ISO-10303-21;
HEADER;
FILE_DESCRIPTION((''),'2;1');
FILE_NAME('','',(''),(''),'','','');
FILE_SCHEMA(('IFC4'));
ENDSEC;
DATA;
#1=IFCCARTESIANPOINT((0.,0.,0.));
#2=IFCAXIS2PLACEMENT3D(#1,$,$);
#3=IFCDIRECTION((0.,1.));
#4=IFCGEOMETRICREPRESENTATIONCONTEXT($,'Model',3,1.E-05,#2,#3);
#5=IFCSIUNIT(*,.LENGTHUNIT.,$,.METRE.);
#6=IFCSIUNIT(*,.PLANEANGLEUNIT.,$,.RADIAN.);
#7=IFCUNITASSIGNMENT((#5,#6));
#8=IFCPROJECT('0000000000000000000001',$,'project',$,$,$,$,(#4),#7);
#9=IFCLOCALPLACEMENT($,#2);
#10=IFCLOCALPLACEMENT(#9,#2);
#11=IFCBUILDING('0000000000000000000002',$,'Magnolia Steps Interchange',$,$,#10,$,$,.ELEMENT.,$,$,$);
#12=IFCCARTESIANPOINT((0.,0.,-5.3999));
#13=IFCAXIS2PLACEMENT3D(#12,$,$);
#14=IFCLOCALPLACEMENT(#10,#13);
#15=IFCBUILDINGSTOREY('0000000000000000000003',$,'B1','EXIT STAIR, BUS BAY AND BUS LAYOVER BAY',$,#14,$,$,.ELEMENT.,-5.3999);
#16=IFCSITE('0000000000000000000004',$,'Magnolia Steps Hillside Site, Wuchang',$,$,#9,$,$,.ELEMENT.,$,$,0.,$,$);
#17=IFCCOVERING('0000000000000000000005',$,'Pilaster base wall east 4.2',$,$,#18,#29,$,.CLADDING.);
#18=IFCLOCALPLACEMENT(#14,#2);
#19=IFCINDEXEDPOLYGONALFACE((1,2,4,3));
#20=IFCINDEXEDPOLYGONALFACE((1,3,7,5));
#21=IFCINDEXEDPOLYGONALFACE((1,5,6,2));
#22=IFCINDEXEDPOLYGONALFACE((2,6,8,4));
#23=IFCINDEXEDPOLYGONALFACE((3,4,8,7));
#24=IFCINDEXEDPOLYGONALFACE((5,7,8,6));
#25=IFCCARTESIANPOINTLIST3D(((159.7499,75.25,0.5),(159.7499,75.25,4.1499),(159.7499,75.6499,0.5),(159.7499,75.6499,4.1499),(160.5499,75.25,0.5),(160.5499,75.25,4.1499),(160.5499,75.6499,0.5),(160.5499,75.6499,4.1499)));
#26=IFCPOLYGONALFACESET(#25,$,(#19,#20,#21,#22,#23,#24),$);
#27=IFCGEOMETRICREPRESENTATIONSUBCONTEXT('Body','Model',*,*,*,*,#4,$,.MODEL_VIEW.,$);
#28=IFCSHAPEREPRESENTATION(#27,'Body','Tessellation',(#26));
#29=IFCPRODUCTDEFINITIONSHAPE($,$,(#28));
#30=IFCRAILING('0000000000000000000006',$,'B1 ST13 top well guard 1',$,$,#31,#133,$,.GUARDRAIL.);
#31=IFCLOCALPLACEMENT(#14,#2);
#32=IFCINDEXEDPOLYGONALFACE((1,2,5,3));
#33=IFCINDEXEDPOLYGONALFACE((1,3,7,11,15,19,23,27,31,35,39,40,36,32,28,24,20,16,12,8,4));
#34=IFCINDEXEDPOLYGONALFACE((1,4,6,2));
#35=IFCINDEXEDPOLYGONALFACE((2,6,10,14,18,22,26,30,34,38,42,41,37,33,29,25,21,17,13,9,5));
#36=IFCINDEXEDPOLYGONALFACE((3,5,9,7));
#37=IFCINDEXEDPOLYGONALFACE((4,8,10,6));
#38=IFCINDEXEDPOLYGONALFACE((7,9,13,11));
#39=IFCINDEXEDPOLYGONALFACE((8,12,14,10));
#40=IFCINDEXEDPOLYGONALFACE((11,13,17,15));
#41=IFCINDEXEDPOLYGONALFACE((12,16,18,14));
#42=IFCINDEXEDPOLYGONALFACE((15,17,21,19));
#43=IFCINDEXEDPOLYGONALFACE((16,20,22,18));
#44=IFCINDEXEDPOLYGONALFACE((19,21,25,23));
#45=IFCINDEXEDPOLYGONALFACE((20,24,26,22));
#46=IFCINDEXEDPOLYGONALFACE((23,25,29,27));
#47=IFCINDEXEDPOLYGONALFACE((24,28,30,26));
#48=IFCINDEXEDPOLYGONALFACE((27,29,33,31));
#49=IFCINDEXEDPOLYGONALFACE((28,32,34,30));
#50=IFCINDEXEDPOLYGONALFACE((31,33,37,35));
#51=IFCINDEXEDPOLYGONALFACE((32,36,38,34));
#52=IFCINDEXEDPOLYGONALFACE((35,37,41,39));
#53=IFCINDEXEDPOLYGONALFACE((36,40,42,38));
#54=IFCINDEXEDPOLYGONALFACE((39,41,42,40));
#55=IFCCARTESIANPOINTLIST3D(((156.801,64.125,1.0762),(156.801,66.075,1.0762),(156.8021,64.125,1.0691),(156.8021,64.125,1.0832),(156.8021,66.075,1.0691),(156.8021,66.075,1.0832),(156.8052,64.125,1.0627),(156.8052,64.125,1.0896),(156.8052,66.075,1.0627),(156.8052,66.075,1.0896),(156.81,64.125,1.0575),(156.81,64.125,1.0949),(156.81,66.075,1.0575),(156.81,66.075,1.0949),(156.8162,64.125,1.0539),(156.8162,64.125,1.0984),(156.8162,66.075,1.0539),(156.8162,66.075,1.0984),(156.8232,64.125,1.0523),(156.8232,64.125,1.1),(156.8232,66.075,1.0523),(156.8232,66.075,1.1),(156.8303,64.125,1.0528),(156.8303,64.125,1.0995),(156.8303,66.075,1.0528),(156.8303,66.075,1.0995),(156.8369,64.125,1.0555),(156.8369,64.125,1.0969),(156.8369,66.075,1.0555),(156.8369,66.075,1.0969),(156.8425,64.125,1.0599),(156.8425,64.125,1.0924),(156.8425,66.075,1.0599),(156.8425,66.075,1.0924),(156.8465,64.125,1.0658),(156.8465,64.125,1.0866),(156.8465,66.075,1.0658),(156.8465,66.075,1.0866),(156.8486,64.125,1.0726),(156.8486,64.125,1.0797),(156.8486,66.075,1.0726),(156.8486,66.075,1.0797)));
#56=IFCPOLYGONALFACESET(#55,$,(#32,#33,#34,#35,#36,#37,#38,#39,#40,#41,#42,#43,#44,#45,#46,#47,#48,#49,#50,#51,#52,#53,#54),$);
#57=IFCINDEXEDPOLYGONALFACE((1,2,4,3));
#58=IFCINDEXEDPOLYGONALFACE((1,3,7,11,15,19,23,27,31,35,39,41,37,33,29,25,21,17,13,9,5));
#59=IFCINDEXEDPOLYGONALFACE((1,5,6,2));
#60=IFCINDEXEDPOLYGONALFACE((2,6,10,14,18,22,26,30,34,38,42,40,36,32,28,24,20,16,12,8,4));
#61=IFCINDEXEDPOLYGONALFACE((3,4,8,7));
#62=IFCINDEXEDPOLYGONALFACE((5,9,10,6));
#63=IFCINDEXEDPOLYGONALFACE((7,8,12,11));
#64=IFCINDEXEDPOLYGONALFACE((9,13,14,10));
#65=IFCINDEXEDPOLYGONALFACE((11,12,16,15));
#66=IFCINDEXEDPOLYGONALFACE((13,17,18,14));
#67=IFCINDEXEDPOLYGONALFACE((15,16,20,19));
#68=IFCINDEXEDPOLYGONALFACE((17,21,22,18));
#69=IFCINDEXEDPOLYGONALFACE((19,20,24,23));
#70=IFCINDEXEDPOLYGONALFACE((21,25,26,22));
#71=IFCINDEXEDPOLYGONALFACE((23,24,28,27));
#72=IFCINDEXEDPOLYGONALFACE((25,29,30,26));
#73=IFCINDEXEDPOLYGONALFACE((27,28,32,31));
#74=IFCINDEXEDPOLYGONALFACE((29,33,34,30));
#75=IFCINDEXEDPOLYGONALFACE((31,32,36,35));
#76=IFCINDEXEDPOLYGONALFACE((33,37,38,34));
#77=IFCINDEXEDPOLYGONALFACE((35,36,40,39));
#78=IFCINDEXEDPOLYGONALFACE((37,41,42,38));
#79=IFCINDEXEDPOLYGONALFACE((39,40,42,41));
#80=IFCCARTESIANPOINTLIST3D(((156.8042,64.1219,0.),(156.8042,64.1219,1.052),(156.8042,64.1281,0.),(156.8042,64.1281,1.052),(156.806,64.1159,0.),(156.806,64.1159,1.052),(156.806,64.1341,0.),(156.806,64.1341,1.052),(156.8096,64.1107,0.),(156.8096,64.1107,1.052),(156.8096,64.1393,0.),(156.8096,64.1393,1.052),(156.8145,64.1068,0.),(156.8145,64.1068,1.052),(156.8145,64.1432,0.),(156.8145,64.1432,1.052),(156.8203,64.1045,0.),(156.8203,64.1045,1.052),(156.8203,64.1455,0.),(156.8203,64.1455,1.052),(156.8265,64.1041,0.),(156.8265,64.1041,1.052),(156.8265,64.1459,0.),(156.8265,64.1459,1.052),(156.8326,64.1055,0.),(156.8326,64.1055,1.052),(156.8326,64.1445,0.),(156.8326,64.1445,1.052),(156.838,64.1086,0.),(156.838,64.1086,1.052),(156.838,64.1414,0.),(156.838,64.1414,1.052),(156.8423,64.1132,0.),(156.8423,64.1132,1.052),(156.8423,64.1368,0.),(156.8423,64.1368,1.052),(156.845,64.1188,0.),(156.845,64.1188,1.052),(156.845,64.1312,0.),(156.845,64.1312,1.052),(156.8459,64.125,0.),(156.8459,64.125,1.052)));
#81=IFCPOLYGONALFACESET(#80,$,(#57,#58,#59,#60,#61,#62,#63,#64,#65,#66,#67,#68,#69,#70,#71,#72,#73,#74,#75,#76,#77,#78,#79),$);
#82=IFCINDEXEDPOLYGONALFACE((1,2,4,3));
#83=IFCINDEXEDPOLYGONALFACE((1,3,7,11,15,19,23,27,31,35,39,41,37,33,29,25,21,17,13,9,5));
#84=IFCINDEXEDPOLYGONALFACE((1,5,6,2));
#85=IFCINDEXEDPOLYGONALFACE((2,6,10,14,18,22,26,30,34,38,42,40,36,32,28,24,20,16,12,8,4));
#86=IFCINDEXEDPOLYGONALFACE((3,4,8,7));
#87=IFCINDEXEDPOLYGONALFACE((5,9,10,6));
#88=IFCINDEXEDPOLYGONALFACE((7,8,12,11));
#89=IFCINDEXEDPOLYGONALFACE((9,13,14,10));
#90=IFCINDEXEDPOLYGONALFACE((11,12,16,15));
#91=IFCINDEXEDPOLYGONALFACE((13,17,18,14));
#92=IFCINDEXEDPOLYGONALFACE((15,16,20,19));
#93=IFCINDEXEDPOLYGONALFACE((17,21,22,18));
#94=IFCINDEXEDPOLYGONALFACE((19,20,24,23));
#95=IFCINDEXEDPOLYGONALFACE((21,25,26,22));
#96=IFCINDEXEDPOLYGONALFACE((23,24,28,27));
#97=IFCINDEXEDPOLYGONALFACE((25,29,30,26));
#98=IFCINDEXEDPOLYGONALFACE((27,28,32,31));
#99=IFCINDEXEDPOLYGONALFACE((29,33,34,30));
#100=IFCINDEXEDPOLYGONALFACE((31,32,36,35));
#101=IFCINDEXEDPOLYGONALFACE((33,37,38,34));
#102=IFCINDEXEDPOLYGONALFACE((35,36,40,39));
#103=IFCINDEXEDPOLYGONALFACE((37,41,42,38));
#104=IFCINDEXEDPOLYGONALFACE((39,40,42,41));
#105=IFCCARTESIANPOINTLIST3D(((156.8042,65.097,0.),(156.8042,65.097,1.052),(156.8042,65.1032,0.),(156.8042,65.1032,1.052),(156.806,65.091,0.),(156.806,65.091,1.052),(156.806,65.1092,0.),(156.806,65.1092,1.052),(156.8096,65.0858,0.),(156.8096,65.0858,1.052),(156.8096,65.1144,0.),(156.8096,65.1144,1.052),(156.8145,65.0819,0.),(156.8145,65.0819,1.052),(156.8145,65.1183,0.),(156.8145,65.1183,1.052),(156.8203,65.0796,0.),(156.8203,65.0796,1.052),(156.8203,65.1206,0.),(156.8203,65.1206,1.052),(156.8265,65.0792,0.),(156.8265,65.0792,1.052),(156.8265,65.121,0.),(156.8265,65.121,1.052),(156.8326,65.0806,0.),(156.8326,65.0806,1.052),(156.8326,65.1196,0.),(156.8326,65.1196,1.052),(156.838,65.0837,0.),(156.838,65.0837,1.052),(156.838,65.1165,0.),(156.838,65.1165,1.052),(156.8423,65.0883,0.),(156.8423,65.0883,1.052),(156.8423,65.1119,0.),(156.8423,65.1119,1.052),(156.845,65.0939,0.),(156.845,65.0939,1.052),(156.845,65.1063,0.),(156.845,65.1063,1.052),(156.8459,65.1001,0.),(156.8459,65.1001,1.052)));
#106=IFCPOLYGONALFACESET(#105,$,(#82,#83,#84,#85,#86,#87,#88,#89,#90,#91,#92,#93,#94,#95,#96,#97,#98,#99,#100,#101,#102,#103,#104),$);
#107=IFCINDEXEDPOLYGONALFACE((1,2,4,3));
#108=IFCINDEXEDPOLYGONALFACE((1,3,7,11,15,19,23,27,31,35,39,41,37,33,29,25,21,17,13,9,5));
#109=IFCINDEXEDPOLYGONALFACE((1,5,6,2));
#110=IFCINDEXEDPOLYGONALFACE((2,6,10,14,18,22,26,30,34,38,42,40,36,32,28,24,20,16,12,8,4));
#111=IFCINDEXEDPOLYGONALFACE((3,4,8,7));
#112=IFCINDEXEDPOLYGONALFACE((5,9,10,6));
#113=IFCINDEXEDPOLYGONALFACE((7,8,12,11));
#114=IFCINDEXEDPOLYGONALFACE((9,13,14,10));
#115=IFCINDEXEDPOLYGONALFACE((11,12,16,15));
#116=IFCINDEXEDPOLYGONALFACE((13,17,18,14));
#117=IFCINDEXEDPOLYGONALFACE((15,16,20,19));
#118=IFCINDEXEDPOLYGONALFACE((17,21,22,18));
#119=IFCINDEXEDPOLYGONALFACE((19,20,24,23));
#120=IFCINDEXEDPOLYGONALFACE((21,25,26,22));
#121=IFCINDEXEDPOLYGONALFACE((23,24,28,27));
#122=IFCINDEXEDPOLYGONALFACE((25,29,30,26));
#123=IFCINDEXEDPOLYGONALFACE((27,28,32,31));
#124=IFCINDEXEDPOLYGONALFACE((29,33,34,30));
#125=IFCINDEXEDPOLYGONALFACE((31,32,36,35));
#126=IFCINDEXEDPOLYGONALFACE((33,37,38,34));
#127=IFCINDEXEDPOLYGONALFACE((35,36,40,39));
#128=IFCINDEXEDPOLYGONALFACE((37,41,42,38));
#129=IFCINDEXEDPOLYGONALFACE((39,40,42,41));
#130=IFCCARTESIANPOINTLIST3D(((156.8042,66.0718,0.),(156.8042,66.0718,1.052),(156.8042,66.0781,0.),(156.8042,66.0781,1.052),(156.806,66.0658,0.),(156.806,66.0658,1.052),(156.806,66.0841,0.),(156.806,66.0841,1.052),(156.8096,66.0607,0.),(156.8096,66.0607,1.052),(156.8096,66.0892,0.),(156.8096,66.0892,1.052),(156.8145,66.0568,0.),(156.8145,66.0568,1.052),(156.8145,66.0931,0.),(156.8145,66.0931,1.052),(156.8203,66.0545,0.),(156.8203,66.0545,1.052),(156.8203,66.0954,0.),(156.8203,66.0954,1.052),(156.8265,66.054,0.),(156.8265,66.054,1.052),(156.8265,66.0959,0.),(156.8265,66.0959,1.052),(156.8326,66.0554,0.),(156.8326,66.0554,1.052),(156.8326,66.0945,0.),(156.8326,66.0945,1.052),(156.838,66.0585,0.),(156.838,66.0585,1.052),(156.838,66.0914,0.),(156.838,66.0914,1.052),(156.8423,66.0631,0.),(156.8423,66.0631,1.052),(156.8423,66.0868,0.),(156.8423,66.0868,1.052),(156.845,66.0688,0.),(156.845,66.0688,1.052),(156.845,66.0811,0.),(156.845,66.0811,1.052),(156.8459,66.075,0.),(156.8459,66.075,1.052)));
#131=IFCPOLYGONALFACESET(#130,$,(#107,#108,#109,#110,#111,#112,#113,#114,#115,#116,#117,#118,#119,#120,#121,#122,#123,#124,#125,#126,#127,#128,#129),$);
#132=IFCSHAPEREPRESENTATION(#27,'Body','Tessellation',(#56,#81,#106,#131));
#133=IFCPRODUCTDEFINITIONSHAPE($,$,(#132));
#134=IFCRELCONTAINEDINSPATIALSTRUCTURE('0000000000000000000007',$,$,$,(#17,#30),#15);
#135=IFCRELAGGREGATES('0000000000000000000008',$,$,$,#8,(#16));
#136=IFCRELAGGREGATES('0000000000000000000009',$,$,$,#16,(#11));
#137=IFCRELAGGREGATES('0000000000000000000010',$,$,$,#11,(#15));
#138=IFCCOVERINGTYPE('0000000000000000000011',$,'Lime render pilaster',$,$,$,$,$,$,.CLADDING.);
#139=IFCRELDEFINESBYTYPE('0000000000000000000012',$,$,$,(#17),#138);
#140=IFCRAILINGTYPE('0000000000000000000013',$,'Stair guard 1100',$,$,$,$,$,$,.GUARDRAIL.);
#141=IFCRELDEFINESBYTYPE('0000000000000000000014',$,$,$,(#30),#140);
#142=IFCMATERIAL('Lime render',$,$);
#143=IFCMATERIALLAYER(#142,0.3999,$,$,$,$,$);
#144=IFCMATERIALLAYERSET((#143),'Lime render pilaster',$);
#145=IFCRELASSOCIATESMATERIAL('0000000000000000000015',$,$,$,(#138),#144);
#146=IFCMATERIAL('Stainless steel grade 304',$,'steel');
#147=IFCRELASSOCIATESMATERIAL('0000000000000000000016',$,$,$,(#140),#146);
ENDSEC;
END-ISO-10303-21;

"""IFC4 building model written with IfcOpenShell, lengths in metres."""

from ifc_helpers import new_model, si_unit, direction, frame, origin, origin_2d, place, context, subcontext, project, spatial, rectangle, circle, extrude, material, layer, layer_set, type_object, element, save


model = new_model("IFC4")

# Units and contexts
model_context = context("Model", 3, precision=1e-05, world=origin(), true_north=direction((0.0, 1.0)))
body_context = subcontext(model_context, "Body", "Model", "MODEL_VIEW")
ifc_project = project(units=[si_unit("LENGTHUNIT", "METRE"), si_unit("PLANEANGLEUNIT", "RADIAN")], contexts=[model_context])

# Site, building, storey
site_placement = place(None, origin())
site = spatial("IfcSite", under=ifc_project, at=site_placement, Name="Magnolia Steps Hillside Site, Wuchang", CompositionType="ELEMENT", RefElevation=0.0)
building_placement = place(site_placement, origin())
building = spatial("IfcBuilding", under=site, at=building_placement, Name="Magnolia Steps Interchange", CompositionType="ELEMENT")
storey_placement = place(building_placement, frame((0.0, 0.0, -5.3999)))
storey = spatial("IfcBuildingStorey", under=building, at=storey_placement, Name="B1", Description="EXIT STAIR, BUS BAY AND BUS LAYOVER BAY", CompositionType="ELEMENT", Elevation=-5.3999)

# Covering
ifc_material_1 = material(Name="Lime render")
ifc_layer_1 = layer(ifc_material_1, 0.3999)
ifc_layer_set_1 = layer_set([ifc_layer_1], Name="Lime render pilaster")
covering_type_1 = type_object("IfcCoveringType", Name="Lime render pilaster", PredefinedType="CLADDING", material=ifc_layer_set_1)
for number, where, z_axis, x_axis, name in (
    (1, (160.1499, 75.45, 0.5), (0.0, 0.0, 1.0), (1.0, 0.0, 0.0), "Pilaster base wall east 4.2"),
):
    element("IfcCovering", number, at=place(storey_placement, frame(where, z_axis=z_axis, x_axis=x_axis)), inside=storey, type_object=covering_type_1, Name=name, PredefinedType="CLADDING", context=body_context, shape_type="SweptSolid", body=[
        extrude(rectangle(XDim=0.8, YDim=0.3999, at=origin_2d()), origin(), (0.0, 0.0, 1.0), 3.6499),
    ])

# Railing
ifc_material_2 = material(Name="Stainless steel grade 304", Category="steel")
railing_type = type_object("IfcRailingType", Name="Stair guard 1100", PredefinedType="GUARDRAIL", material=ifc_material_2)
railing_placement = place(storey_placement, frame((156.825, 64.125, 0.0)))
element("IfcRailing", 2, at=railing_placement, inside=storey, type_object=railing_type, Name="B1 ST13 top well guard 1", PredefinedType="GUARDRAIL", context=body_context, shape_type="SweptSolid", body=[
    extrude(circle(Radius=0.0239, at=origin_2d()), frame((0.0, 0.0, 1.0762), z_axis=(0.0, 1.0, 0.0), x_axis=(-1.0, 0.0, 0.0)), (0.0, 0.0, 1.0), 1.95),
    extrude(circle(Radius=0.021, at=origin_2d()), origin(), (0.0, 0.0, 1.0), 1.052),
    extrude(circle(Radius=0.021, at=origin_2d()), frame((0.0, 0.9751, 0.0)), (0.0, 0.0, 1.0), 1.052),
    extrude(circle(Radius=0.021, at=origin_2d()), frame((0.0, 1.95, 0.0)), (0.0, 0.0, 1.0), 1.052),
])

save(model, "model.ifc")
